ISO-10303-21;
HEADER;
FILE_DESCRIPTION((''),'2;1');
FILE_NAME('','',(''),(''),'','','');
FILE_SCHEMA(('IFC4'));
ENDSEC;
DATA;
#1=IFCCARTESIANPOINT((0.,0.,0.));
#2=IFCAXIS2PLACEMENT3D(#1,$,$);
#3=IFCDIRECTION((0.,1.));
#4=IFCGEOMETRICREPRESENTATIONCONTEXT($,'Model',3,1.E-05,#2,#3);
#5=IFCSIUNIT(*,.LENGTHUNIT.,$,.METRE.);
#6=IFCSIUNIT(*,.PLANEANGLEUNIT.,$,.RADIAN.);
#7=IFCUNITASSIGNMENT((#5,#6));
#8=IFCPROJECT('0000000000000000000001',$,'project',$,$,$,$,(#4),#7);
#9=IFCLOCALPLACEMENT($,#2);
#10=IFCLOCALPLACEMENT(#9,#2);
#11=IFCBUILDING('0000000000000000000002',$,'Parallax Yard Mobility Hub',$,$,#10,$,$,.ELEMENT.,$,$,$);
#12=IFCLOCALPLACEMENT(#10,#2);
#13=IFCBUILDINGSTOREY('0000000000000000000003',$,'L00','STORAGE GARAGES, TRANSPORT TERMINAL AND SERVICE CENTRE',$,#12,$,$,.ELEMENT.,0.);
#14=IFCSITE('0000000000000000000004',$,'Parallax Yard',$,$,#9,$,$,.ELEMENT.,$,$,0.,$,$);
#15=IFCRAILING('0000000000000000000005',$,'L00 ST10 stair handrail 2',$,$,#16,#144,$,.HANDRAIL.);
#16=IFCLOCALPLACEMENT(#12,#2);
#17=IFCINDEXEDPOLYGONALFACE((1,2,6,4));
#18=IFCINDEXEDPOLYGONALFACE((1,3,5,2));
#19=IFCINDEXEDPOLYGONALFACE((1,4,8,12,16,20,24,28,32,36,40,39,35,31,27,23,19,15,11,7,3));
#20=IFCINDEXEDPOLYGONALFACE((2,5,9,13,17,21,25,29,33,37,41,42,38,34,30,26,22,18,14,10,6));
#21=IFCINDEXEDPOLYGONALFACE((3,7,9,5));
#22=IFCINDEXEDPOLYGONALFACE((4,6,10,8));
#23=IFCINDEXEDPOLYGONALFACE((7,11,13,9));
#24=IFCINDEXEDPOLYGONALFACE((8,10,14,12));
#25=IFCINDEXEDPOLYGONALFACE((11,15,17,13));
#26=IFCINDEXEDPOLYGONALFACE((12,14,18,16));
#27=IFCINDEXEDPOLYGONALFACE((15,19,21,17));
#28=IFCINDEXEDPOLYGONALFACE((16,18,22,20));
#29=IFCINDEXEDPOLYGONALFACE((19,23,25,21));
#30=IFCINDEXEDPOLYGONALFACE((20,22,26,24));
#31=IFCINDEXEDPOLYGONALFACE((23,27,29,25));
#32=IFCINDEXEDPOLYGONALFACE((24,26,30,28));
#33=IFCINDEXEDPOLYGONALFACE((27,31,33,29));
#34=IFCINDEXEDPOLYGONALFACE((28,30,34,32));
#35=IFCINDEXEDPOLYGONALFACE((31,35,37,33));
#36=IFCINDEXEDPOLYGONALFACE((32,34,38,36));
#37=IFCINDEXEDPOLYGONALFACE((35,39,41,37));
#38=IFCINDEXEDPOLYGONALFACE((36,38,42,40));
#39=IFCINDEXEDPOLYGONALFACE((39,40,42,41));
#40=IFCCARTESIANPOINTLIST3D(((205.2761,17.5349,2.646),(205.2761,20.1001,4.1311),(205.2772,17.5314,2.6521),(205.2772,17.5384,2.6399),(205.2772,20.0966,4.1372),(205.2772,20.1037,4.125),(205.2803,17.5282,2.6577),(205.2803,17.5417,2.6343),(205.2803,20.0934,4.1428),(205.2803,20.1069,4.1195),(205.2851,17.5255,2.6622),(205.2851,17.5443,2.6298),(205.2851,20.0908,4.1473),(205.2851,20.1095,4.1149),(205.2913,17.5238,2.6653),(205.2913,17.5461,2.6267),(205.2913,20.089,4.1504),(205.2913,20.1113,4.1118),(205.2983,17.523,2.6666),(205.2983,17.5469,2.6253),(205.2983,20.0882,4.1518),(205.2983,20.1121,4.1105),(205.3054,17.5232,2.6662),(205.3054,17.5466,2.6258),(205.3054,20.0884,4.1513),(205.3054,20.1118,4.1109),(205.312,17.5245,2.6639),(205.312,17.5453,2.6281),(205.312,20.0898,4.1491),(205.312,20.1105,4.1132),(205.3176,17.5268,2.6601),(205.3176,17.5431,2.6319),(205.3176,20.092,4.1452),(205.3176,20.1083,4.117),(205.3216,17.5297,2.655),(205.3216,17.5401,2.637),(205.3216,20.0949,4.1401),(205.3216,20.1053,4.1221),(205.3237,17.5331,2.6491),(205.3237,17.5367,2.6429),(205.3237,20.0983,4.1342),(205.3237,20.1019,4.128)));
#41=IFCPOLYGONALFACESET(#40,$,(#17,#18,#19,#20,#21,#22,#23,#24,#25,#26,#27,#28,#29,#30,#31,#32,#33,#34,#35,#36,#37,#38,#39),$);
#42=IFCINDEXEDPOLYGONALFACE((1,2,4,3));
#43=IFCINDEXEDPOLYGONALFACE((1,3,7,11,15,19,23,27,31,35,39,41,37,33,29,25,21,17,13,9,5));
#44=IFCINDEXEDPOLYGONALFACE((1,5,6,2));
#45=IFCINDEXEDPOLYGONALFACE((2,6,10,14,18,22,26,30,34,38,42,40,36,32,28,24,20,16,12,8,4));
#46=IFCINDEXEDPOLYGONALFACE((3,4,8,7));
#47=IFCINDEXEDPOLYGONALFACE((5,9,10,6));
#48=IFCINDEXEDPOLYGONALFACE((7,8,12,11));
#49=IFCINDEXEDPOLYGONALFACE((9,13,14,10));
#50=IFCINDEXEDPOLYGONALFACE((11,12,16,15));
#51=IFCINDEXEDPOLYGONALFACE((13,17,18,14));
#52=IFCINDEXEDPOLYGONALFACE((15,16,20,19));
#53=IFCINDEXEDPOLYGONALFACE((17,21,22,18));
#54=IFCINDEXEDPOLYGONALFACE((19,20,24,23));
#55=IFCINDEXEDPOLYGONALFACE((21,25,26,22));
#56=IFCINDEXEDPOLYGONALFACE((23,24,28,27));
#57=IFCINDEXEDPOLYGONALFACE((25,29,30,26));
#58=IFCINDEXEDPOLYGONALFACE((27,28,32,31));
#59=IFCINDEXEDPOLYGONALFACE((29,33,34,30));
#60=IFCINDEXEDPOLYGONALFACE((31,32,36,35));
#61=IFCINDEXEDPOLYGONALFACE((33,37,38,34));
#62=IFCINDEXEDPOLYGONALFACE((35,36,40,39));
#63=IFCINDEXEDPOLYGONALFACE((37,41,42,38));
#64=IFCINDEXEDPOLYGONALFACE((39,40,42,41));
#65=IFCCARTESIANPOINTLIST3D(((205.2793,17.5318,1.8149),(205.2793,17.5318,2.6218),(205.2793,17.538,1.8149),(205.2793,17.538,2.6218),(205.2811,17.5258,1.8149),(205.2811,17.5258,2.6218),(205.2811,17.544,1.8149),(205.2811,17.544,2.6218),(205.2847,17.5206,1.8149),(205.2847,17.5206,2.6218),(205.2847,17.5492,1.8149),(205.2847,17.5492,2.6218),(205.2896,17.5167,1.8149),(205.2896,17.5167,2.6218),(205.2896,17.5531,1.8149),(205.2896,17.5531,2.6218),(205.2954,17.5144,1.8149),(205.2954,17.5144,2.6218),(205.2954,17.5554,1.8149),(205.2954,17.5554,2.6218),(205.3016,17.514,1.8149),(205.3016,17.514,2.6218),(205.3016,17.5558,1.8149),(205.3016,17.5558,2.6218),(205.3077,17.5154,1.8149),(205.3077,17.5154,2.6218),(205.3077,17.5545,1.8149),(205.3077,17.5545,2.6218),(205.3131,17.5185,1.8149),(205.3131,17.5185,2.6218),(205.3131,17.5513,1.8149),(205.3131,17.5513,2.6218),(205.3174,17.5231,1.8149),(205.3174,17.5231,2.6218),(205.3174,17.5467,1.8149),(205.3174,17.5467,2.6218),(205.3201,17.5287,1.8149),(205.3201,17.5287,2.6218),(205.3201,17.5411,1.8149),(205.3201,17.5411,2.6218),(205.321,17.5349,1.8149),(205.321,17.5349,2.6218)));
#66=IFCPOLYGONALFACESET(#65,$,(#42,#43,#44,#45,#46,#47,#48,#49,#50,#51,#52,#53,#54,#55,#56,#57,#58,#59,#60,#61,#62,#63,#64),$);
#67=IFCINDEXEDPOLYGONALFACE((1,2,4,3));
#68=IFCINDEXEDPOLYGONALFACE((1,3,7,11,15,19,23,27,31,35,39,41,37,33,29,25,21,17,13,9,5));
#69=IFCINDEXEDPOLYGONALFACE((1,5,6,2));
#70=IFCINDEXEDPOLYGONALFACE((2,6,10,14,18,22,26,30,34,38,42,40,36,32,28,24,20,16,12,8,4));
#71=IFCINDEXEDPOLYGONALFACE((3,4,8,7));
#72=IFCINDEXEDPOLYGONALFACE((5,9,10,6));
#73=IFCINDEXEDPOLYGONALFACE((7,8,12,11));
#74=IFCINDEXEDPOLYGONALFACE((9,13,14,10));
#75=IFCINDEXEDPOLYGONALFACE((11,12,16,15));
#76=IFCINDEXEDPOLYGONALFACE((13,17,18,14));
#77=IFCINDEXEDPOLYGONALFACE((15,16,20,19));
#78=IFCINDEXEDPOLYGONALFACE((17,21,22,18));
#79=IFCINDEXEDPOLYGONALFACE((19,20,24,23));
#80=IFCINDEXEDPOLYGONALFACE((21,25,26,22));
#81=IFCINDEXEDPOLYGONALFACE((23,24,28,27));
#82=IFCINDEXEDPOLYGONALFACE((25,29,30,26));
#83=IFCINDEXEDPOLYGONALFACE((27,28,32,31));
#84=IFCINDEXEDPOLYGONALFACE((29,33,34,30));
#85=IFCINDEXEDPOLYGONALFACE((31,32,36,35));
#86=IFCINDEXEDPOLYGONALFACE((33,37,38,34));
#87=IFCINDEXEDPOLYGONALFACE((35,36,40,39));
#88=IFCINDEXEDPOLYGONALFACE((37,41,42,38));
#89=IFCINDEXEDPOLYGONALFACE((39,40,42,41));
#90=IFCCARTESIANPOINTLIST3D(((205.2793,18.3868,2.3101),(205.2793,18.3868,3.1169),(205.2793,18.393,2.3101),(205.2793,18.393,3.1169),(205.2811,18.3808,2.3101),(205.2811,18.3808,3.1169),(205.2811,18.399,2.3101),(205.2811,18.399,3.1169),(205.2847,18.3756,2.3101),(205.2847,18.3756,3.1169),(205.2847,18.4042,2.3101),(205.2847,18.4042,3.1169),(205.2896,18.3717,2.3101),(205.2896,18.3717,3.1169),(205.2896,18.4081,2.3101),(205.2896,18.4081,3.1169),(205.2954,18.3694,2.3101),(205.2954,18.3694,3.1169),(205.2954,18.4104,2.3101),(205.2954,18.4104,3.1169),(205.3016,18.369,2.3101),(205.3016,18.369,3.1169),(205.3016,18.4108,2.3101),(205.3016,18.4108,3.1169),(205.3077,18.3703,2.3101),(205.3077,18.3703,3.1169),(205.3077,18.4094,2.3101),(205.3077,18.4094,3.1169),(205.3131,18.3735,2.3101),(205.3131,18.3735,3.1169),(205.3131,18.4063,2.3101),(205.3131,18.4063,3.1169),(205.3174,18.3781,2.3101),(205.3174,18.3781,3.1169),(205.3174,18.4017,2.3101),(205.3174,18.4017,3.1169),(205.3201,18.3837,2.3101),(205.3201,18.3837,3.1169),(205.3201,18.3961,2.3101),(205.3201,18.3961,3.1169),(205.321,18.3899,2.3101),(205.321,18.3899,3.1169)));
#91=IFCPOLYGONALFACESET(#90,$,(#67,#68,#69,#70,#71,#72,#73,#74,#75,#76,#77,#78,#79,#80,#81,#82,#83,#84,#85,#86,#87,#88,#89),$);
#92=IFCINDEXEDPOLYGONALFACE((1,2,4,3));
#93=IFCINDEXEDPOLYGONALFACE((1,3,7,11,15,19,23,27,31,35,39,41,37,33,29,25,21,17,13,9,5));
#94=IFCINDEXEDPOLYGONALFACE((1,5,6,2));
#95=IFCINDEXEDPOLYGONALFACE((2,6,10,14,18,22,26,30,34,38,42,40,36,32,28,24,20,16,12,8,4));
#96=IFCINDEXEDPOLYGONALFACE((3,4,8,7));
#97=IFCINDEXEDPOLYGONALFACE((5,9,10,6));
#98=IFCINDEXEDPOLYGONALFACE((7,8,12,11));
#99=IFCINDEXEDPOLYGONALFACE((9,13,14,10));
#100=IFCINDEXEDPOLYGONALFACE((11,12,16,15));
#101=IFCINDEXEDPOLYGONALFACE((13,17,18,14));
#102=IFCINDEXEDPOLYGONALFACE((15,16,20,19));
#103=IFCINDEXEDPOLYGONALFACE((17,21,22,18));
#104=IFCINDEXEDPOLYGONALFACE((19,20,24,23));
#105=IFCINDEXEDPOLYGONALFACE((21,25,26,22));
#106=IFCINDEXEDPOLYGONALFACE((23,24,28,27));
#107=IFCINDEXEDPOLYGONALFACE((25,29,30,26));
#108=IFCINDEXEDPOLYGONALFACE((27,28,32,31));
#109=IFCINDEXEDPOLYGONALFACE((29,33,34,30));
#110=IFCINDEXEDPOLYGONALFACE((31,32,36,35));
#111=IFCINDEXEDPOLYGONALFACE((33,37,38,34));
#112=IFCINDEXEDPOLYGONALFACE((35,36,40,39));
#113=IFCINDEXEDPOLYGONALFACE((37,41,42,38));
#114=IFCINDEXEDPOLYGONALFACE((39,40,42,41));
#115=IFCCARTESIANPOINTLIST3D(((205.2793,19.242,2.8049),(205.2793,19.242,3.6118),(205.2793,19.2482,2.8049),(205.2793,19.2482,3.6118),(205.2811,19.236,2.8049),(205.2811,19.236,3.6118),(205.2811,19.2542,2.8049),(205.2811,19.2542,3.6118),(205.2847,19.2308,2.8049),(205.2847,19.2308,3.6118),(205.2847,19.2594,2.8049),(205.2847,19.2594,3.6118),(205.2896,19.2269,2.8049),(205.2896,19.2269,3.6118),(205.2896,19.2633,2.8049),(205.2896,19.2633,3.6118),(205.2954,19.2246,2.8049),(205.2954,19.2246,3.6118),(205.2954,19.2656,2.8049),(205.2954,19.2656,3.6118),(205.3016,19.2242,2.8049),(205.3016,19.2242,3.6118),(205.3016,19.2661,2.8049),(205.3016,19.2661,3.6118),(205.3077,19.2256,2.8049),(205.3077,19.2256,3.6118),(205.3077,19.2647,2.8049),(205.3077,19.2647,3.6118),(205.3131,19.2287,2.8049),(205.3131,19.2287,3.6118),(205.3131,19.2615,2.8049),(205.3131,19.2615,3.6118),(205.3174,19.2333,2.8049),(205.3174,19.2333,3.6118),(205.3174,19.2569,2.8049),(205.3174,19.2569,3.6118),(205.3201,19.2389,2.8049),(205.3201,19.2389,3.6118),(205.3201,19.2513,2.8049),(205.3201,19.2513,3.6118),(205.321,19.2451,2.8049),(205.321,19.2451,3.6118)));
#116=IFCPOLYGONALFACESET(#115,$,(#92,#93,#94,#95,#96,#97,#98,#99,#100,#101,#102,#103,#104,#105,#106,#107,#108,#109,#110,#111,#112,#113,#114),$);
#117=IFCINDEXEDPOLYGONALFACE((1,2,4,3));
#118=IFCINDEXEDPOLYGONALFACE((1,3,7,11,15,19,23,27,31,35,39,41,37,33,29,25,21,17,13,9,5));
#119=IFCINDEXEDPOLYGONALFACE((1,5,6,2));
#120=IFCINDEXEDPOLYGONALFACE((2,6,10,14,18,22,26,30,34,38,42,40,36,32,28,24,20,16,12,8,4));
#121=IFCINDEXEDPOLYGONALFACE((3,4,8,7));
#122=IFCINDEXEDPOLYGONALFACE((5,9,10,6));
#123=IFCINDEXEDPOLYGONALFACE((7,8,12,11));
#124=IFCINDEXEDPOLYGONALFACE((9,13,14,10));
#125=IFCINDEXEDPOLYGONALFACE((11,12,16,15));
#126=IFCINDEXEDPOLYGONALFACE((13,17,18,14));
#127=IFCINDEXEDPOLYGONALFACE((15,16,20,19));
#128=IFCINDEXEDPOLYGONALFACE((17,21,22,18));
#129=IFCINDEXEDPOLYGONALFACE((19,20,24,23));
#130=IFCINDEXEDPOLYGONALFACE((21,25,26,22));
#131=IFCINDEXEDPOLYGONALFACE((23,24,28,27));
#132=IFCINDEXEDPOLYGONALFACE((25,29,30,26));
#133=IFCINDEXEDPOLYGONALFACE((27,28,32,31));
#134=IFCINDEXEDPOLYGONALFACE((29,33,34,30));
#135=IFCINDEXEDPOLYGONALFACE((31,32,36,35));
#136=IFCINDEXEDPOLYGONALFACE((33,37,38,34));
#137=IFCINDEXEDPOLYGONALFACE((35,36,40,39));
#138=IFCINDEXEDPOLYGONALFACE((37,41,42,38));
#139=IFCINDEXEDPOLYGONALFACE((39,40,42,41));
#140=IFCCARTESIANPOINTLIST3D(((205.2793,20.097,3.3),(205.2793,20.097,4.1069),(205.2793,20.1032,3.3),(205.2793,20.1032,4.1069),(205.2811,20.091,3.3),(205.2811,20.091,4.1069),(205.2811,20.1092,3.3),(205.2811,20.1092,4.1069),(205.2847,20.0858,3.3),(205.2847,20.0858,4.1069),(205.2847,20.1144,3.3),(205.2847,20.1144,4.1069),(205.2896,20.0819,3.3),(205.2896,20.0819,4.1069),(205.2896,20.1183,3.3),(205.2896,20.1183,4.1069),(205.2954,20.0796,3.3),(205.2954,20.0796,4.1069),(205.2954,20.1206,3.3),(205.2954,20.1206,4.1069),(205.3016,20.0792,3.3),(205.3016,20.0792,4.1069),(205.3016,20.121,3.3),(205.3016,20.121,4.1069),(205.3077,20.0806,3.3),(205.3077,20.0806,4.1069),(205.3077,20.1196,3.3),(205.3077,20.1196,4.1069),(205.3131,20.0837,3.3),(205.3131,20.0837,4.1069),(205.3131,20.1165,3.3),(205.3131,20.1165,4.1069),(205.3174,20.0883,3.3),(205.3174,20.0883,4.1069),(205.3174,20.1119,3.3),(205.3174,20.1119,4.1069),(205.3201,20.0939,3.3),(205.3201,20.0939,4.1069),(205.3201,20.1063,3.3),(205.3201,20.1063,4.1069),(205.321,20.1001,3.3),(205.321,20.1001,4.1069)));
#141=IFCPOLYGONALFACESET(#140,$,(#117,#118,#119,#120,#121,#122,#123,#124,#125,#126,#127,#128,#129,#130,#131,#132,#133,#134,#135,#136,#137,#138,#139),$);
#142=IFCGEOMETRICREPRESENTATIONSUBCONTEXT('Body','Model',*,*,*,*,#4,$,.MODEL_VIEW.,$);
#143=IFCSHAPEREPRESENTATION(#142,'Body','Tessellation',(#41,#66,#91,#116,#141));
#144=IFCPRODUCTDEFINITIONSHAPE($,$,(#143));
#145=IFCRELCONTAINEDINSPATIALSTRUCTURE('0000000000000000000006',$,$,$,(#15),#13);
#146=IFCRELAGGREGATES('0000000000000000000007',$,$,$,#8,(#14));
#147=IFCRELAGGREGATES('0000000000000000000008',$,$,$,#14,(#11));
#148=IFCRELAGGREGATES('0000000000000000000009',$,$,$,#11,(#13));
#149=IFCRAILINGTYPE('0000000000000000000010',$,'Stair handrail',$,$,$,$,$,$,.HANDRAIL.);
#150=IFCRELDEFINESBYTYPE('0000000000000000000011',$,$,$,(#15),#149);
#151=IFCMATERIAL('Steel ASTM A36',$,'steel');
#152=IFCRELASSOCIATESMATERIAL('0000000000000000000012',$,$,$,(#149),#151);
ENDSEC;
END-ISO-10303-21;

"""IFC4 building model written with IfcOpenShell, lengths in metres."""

from ifc_helpers import new_model, si_unit, direction, frame, origin, origin_2d, place, context, subcontext, project, spatial, circle, extrude, material, type_object, element, save


model = new_model("IFC4")

# Units and contexts
model_context = context("Model", 3, precision=1e-05, world=origin(), true_north=direction((0.0, 1.0)))
body_context = subcontext(model_context, "Body", "Model", "MODEL_VIEW")
ifc_project = project(units=[si_unit("LENGTHUNIT", "METRE"), si_unit("PLANEANGLEUNIT", "RADIAN")], contexts=[model_context])

# Site, building, storey
site_placement = place(None, origin())
site = spatial("IfcSite", under=ifc_project, at=site_placement, Name="Parallax Yard", CompositionType="ELEMENT", RefElevation=0.0)
building_placement = place(site_placement, origin())
building = spatial("IfcBuilding", under=site, at=building_placement, Name="Parallax Yard Mobility Hub", CompositionType="ELEMENT")
storey_placement = place(building_placement, origin())
storey = spatial("IfcBuildingStorey", under=building, at=storey_placement, Name="L00", Description="STORAGE GARAGES, TRANSPORT TERMINAL AND SERVICE CENTRE", CompositionType="ELEMENT", Elevation=0.0)

# Railing
ifc_material_1 = material(Name="Steel ASTM A36", Category="steel")
railing_type_1 = type_object("IfcRailingType", Name="Stair handrail", PredefinedType="HANDRAIL", material=ifc_material_1)
railing_1_placement = place(storey_placement, frame((205.3, 17.5349, 1.8149)))
element("IfcRailing", 1, at=railing_1_placement, inside=storey, type_object=railing_type_1, Name="L00 ST10 stair handrail 2", PredefinedType="HANDRAIL", context=body_context, shape_type="SweptSolid", body=[
    extrude(circle(Radius=0.0239, at=origin_2d()), frame((0.0, 0.0, 0.8311), z_axis=(0.0, 0.865426, 0.501036), x_axis=(-1.0, 0.0, 0.0)), (0.0, 0.0, 1.0), 2.9641),
    extrude(circle(Radius=0.021, at=origin_2d()), origin(), (0.0, 0.0, 1.0), 0.8069),
    extrude(circle(Radius=0.021, at=origin_2d()), frame((0.0, 0.855, 0.4951)), (0.0, 0.0, 1.0), 0.8069),
    extrude(circle(Radius=0.021, at=origin_2d()), frame((0.0, 1.7102, 0.99)), (0.0, 0.0, 1.0), 0.8069),
    extrude(circle(Radius=0.021, at=origin_2d()), frame((0.0, 2.5652, 1.4851)), (0.0, 0.0, 1.0), 0.8069),
])

save(model, "model.ifc")
